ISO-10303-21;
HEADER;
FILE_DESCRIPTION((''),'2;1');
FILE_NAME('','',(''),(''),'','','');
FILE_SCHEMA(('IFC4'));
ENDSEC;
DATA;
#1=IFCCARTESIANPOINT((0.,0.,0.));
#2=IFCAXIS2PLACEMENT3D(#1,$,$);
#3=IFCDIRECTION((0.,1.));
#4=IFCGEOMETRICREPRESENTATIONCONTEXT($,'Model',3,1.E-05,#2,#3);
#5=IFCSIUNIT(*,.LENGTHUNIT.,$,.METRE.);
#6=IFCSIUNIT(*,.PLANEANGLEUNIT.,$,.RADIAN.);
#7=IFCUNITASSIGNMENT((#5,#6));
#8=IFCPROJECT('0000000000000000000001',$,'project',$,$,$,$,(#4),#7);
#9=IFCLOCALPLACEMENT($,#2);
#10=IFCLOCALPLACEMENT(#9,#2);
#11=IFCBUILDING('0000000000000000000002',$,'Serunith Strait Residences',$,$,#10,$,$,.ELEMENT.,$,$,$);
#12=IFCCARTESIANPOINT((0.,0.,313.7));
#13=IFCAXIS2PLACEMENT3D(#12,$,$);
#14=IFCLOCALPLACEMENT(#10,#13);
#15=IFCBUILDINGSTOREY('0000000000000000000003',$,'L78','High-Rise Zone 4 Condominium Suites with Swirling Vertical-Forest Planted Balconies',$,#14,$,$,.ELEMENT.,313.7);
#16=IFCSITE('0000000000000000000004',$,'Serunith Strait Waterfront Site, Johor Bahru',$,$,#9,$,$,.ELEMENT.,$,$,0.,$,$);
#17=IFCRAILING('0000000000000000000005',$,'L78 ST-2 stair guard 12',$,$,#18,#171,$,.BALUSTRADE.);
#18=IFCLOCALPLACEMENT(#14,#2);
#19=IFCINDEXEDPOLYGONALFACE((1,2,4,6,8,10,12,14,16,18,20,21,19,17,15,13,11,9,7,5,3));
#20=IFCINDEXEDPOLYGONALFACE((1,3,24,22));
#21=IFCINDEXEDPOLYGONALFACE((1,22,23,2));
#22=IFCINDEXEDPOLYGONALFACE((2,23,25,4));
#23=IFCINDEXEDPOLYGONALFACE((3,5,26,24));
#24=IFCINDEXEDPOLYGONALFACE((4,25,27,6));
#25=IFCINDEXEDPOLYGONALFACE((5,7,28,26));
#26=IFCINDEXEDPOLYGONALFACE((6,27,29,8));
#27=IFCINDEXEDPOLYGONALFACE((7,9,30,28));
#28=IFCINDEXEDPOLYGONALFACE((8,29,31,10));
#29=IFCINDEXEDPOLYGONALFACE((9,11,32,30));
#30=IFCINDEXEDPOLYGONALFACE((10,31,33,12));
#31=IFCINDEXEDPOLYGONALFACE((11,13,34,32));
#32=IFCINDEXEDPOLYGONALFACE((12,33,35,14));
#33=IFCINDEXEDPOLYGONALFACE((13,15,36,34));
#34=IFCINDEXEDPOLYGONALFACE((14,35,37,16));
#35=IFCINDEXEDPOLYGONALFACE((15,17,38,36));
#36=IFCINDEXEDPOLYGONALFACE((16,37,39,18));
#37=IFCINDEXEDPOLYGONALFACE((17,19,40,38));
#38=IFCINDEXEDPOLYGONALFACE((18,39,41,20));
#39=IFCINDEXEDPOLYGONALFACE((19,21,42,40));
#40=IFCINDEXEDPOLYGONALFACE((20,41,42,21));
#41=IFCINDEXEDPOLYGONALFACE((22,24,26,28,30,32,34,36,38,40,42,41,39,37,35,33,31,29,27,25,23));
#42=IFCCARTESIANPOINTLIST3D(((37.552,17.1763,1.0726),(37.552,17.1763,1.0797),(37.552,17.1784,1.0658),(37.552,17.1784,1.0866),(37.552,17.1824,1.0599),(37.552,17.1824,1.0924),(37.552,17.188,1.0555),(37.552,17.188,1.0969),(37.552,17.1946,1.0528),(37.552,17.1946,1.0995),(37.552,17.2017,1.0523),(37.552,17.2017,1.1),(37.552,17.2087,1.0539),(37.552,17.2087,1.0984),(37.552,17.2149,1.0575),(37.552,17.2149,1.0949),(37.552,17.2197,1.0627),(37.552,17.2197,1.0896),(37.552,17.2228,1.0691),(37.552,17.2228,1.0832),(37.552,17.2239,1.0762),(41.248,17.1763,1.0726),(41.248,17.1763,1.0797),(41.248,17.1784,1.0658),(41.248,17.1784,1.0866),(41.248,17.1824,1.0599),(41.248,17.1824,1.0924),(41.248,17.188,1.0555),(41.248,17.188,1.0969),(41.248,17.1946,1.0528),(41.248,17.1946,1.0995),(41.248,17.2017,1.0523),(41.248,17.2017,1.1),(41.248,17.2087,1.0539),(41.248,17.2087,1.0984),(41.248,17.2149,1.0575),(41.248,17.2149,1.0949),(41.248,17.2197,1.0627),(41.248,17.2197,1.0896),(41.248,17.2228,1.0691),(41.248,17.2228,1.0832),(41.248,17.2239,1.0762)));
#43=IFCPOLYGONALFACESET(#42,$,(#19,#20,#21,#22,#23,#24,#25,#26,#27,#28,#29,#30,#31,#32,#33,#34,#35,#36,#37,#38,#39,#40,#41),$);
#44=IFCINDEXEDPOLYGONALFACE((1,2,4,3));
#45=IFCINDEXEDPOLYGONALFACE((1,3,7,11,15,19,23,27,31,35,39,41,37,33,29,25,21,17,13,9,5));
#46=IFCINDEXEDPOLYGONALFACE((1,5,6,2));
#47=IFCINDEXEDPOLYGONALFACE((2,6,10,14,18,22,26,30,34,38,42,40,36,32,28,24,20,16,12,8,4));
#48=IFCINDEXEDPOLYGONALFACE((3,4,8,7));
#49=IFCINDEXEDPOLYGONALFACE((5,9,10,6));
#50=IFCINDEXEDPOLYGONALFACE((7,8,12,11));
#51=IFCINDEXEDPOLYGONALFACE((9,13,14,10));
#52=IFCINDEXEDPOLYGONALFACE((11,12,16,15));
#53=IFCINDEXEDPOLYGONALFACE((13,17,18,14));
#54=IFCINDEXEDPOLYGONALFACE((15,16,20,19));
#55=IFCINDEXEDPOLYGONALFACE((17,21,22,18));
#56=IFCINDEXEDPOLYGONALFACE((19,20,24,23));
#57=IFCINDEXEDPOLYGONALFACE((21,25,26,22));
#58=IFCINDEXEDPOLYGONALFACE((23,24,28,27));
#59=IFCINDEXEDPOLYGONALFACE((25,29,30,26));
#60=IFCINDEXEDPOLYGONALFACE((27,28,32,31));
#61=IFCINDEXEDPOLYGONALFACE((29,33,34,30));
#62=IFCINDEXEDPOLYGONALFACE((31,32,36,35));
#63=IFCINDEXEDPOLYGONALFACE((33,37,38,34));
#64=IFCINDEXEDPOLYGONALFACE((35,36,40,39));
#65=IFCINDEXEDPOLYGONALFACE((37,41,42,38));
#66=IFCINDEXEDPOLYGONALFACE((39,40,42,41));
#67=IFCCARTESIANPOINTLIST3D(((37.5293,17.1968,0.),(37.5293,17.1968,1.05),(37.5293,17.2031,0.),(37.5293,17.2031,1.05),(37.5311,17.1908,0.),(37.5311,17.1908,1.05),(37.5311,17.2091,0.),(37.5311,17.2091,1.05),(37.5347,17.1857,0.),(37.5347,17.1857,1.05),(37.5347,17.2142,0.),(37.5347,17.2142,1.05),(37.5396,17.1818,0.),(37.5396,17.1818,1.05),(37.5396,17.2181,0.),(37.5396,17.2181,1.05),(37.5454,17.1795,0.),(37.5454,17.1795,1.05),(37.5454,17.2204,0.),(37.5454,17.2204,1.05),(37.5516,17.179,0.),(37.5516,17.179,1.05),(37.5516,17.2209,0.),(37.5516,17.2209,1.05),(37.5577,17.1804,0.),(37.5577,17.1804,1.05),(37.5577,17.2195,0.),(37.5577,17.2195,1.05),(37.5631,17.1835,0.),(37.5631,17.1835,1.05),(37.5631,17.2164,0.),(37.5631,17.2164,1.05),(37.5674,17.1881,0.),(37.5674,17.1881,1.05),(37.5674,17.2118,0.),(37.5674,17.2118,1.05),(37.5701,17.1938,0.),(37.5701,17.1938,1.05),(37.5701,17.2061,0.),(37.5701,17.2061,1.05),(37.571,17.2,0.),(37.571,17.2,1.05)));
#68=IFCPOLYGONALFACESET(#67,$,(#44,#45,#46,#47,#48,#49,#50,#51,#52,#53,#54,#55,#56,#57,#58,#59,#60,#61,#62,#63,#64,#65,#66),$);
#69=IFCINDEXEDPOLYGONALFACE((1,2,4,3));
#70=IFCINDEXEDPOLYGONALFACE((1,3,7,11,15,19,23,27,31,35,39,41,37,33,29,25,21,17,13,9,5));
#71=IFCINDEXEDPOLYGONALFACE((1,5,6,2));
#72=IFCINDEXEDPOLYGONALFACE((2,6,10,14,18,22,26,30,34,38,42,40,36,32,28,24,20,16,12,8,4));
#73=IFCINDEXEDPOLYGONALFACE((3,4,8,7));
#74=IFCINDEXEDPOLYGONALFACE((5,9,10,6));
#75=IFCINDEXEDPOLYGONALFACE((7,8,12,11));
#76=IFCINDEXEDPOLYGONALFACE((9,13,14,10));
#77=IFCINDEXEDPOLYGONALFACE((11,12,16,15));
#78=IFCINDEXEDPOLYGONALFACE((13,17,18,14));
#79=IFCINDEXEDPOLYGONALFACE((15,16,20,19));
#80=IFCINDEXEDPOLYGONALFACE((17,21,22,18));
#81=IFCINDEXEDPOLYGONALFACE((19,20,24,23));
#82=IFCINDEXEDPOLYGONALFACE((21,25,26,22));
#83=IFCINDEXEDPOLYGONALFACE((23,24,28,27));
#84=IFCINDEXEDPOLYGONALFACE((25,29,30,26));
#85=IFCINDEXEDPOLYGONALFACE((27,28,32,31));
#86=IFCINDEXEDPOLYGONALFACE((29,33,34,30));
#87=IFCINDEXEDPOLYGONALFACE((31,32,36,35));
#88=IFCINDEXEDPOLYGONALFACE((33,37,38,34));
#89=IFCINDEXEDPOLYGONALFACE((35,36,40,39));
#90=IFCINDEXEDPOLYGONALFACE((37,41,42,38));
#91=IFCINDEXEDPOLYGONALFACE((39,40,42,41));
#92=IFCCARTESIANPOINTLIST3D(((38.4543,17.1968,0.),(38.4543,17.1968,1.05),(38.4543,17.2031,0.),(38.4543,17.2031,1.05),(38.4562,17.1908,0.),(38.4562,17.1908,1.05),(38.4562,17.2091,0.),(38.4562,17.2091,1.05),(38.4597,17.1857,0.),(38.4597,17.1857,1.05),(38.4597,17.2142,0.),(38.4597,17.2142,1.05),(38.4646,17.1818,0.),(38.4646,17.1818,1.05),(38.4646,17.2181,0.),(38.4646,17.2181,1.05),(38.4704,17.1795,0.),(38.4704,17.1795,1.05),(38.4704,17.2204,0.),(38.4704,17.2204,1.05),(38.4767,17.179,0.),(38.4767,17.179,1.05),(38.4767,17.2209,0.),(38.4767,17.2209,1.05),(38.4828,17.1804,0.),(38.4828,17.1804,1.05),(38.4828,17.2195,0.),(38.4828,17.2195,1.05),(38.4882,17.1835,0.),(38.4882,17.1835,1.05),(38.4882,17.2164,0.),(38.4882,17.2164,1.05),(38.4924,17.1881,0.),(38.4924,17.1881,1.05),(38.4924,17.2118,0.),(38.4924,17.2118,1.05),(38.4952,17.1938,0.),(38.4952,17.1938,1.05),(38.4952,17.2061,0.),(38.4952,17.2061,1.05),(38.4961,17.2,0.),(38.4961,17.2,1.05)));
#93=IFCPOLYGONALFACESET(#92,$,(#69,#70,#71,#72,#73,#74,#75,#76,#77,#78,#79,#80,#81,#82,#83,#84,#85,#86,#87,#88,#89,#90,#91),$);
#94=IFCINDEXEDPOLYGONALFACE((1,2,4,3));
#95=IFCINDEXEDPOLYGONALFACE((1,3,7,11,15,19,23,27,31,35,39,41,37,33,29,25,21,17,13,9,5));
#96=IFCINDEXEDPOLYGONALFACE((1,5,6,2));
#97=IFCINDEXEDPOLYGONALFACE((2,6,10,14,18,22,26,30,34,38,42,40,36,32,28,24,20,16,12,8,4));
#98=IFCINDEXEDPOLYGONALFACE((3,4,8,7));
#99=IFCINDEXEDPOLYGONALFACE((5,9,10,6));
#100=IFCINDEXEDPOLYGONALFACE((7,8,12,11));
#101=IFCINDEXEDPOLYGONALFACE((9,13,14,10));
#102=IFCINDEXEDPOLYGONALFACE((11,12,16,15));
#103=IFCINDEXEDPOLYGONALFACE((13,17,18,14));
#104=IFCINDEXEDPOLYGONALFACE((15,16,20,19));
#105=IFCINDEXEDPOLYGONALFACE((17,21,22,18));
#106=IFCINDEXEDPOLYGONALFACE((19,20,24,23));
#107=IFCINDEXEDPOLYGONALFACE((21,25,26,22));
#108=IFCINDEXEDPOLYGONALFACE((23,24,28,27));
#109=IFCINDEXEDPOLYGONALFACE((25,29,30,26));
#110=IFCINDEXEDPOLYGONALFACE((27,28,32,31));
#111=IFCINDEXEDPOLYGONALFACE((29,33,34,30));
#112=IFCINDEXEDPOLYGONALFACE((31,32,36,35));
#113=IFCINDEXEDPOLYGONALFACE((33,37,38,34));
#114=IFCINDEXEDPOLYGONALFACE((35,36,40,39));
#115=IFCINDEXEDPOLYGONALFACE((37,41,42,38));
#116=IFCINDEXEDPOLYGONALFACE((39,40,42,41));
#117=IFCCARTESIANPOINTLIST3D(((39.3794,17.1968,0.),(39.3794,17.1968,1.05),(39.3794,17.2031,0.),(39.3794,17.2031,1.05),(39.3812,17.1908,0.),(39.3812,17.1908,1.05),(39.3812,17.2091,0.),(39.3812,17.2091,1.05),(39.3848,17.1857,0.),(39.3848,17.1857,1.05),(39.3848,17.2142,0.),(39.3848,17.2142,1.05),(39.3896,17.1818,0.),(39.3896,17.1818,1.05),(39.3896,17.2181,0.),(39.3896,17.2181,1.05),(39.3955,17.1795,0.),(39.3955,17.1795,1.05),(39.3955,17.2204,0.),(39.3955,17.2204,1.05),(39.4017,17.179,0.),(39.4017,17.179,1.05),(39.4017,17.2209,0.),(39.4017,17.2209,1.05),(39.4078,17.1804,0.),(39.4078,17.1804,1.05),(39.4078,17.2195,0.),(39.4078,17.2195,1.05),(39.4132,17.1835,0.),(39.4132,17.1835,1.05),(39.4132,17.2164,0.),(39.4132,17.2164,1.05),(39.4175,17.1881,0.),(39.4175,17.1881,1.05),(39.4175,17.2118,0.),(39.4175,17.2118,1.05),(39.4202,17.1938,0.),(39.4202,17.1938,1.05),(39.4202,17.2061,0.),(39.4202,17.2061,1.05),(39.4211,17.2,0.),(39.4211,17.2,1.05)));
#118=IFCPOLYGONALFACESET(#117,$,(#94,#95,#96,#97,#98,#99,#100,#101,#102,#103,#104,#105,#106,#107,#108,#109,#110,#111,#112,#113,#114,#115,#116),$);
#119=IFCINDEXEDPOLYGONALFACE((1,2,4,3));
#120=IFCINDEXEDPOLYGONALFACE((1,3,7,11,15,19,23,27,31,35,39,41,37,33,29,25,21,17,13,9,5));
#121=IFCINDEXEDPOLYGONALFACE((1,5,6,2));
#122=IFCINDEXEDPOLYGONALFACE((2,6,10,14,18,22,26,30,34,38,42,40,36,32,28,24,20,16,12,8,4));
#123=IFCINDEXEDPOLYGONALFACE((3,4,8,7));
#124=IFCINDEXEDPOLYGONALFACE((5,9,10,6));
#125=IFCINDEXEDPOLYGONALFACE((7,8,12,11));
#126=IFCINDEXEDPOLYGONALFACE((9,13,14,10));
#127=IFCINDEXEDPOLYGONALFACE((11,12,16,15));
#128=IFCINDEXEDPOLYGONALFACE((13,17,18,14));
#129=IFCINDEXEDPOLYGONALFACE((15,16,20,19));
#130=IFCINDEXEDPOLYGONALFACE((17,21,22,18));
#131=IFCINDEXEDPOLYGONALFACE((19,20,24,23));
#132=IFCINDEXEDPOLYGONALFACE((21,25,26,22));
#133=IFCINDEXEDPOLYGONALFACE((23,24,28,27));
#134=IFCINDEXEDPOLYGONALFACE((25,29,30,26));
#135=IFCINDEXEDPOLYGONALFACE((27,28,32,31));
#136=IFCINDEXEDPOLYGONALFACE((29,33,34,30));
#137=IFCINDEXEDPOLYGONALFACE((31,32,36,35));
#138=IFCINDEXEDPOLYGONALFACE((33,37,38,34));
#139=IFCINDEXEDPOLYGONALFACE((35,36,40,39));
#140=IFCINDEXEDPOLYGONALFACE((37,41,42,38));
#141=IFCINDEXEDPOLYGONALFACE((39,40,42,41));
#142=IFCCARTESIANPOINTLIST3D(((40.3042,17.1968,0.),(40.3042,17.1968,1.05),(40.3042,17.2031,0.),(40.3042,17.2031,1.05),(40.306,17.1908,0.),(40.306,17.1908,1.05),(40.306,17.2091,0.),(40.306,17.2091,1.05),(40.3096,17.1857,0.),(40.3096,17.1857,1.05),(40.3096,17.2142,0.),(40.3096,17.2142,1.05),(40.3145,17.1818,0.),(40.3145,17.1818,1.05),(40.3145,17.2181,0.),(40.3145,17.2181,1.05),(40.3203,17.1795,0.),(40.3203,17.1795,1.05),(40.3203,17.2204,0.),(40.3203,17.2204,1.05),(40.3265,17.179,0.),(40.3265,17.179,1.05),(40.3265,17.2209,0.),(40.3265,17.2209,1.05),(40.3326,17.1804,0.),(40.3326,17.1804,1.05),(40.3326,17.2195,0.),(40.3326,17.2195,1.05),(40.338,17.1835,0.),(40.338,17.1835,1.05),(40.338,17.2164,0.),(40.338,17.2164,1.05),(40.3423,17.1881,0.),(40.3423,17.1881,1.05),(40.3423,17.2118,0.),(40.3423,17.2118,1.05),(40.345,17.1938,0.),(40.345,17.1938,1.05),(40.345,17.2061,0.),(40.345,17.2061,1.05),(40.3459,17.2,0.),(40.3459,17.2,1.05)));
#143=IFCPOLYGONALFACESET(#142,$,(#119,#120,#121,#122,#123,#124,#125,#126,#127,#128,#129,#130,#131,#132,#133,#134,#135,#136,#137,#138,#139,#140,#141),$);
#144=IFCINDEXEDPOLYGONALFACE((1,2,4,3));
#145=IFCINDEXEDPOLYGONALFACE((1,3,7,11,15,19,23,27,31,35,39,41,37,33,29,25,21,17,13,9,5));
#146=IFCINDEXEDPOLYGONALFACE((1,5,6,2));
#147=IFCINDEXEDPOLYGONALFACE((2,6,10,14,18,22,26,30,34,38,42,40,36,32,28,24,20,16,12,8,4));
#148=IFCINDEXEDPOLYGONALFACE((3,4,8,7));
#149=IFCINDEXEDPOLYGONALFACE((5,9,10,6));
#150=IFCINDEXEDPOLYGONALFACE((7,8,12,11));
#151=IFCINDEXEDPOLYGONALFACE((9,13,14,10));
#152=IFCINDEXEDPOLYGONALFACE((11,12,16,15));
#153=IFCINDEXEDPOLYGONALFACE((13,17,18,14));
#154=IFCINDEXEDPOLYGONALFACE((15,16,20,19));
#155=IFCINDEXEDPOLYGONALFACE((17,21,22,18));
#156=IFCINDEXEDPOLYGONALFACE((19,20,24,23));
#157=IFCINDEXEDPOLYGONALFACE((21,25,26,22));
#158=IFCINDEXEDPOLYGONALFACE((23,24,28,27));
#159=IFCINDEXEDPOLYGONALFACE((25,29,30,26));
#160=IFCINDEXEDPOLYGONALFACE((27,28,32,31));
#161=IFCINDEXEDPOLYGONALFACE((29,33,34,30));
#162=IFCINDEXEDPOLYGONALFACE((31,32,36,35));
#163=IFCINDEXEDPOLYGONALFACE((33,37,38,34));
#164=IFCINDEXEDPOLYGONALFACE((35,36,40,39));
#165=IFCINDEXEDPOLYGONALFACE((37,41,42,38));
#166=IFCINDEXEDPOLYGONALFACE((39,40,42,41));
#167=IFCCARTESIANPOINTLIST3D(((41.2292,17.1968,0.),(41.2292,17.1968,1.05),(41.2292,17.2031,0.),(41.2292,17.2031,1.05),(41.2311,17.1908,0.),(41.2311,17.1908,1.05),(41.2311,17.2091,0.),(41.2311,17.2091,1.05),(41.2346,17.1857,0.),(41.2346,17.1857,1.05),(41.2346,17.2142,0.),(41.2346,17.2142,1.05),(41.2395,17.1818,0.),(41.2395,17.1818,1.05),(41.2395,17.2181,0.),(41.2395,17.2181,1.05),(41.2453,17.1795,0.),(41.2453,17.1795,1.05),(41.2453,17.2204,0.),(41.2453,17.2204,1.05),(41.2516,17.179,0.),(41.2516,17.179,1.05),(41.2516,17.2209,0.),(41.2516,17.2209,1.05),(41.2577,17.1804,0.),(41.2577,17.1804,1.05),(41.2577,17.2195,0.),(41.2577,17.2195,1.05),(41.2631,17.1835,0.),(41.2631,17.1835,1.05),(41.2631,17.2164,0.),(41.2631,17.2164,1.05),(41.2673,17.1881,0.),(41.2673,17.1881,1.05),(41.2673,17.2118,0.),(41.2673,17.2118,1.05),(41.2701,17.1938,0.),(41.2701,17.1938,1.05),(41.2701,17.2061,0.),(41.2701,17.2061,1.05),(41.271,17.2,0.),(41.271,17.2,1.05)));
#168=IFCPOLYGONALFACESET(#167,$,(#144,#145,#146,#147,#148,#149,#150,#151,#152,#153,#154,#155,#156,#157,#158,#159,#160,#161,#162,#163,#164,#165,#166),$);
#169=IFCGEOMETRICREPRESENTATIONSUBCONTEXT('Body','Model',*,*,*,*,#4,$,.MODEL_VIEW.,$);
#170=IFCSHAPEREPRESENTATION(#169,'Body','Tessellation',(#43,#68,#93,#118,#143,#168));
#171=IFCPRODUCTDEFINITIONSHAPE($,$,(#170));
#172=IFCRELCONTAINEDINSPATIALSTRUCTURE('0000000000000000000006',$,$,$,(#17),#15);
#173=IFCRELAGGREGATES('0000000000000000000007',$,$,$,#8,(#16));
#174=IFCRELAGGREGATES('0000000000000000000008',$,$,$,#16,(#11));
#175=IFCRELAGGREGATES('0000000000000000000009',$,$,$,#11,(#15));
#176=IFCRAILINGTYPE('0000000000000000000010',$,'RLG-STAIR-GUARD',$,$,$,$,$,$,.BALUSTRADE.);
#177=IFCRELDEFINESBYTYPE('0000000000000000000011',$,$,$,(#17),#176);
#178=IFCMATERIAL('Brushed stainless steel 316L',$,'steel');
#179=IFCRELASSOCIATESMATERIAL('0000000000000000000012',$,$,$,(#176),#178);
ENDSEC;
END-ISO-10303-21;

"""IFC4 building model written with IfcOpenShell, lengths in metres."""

from ifc_helpers import new_model, si_unit, direction, frame, origin, origin_2d, place, context, subcontext, project, spatial, circle, extrude, material, type_object, element, save


model = new_model("IFC4")

# Units and contexts
model_context = context("Model", 3, precision=1e-05, world=origin(), true_north=direction((0.0, 1.0)))
body_context = subcontext(model_context, "Body", "Model", "MODEL_VIEW")
ifc_project = project(units=[si_unit("LENGTHUNIT", "METRE"), si_unit("PLANEANGLEUNIT", "RADIAN")], contexts=[model_context])

# Site, building, storey
site_placement = place(None, origin())
site = spatial("IfcSite", under=ifc_project, at=site_placement, Name="Serunith Strait Waterfront Site, Johor Bahru", CompositionType="ELEMENT", RefElevation=0.0)
building_placement = place(site_placement, origin())
building = spatial("IfcBuilding", under=site, at=building_placement, Name="Serunith Strait Residences", CompositionType="ELEMENT")
storey_placement = place(building_placement, frame((0.0, 0.0, 313.7)))
storey = spatial("IfcBuildingStorey", under=building, at=storey_placement, Name="L78", Description="High-Rise Zone 4 Condominium Suites with Swirling Vertical-Forest Planted Balconies", CompositionType="ELEMENT", Elevation=313.7)

# Railing
ifc_material_1 = material(Name="Brushed stainless steel 316L", Category="steel")
railing_type_1 = type_object("IfcRailingType", Name="RLG-STAIR-GUARD", PredefinedType="BALUSTRADE", material=ifc_material_1)
railing_1_placement = place(storey_placement, frame((37.55, 17.2, 0.0)))
element("IfcRailing", 1, at=railing_1_placement, inside=storey, type_object=railing_type_1, Name="L78 ST-2 stair guard 12", PredefinedType="BALUSTRADE", context=body_context, shape_type="SweptSolid", body=[
    extrude(circle(Radius=0.0239, at=origin_2d()), frame((0.002, 0.0, 1.0762), z_axis=(1.0, 0.0, 0.0), x_axis=(0.0, 1.0, 0.0)), (0.0, 0.0, 1.0), 3.696),
    extrude(circle(Radius=0.021, at=origin_2d()), origin(), (0.0, 0.0, 1.0), 1.05),
    extrude(circle(Radius=0.021, at=origin_2d()), frame((0.925, 0.0, 0.0)), (0.0, 0.0, 1.0), 1.05),
    extrude(circle(Radius=0.021, at=origin_2d()), frame((1.8501, 0.0, 0.0)), (0.0, 0.0, 1.0), 1.05),
    extrude(circle(Radius=0.021, at=origin_2d()), frame((2.7749, 0.0, 0.0)), (0.0, 0.0, 1.0), 1.05),
    extrude(circle(Radius=0.021, at=origin_2d()), frame((3.7, 0.0, 0.0)), (0.0, 0.0, 1.0), 1.05),
])

save(model, "model.ifc")
